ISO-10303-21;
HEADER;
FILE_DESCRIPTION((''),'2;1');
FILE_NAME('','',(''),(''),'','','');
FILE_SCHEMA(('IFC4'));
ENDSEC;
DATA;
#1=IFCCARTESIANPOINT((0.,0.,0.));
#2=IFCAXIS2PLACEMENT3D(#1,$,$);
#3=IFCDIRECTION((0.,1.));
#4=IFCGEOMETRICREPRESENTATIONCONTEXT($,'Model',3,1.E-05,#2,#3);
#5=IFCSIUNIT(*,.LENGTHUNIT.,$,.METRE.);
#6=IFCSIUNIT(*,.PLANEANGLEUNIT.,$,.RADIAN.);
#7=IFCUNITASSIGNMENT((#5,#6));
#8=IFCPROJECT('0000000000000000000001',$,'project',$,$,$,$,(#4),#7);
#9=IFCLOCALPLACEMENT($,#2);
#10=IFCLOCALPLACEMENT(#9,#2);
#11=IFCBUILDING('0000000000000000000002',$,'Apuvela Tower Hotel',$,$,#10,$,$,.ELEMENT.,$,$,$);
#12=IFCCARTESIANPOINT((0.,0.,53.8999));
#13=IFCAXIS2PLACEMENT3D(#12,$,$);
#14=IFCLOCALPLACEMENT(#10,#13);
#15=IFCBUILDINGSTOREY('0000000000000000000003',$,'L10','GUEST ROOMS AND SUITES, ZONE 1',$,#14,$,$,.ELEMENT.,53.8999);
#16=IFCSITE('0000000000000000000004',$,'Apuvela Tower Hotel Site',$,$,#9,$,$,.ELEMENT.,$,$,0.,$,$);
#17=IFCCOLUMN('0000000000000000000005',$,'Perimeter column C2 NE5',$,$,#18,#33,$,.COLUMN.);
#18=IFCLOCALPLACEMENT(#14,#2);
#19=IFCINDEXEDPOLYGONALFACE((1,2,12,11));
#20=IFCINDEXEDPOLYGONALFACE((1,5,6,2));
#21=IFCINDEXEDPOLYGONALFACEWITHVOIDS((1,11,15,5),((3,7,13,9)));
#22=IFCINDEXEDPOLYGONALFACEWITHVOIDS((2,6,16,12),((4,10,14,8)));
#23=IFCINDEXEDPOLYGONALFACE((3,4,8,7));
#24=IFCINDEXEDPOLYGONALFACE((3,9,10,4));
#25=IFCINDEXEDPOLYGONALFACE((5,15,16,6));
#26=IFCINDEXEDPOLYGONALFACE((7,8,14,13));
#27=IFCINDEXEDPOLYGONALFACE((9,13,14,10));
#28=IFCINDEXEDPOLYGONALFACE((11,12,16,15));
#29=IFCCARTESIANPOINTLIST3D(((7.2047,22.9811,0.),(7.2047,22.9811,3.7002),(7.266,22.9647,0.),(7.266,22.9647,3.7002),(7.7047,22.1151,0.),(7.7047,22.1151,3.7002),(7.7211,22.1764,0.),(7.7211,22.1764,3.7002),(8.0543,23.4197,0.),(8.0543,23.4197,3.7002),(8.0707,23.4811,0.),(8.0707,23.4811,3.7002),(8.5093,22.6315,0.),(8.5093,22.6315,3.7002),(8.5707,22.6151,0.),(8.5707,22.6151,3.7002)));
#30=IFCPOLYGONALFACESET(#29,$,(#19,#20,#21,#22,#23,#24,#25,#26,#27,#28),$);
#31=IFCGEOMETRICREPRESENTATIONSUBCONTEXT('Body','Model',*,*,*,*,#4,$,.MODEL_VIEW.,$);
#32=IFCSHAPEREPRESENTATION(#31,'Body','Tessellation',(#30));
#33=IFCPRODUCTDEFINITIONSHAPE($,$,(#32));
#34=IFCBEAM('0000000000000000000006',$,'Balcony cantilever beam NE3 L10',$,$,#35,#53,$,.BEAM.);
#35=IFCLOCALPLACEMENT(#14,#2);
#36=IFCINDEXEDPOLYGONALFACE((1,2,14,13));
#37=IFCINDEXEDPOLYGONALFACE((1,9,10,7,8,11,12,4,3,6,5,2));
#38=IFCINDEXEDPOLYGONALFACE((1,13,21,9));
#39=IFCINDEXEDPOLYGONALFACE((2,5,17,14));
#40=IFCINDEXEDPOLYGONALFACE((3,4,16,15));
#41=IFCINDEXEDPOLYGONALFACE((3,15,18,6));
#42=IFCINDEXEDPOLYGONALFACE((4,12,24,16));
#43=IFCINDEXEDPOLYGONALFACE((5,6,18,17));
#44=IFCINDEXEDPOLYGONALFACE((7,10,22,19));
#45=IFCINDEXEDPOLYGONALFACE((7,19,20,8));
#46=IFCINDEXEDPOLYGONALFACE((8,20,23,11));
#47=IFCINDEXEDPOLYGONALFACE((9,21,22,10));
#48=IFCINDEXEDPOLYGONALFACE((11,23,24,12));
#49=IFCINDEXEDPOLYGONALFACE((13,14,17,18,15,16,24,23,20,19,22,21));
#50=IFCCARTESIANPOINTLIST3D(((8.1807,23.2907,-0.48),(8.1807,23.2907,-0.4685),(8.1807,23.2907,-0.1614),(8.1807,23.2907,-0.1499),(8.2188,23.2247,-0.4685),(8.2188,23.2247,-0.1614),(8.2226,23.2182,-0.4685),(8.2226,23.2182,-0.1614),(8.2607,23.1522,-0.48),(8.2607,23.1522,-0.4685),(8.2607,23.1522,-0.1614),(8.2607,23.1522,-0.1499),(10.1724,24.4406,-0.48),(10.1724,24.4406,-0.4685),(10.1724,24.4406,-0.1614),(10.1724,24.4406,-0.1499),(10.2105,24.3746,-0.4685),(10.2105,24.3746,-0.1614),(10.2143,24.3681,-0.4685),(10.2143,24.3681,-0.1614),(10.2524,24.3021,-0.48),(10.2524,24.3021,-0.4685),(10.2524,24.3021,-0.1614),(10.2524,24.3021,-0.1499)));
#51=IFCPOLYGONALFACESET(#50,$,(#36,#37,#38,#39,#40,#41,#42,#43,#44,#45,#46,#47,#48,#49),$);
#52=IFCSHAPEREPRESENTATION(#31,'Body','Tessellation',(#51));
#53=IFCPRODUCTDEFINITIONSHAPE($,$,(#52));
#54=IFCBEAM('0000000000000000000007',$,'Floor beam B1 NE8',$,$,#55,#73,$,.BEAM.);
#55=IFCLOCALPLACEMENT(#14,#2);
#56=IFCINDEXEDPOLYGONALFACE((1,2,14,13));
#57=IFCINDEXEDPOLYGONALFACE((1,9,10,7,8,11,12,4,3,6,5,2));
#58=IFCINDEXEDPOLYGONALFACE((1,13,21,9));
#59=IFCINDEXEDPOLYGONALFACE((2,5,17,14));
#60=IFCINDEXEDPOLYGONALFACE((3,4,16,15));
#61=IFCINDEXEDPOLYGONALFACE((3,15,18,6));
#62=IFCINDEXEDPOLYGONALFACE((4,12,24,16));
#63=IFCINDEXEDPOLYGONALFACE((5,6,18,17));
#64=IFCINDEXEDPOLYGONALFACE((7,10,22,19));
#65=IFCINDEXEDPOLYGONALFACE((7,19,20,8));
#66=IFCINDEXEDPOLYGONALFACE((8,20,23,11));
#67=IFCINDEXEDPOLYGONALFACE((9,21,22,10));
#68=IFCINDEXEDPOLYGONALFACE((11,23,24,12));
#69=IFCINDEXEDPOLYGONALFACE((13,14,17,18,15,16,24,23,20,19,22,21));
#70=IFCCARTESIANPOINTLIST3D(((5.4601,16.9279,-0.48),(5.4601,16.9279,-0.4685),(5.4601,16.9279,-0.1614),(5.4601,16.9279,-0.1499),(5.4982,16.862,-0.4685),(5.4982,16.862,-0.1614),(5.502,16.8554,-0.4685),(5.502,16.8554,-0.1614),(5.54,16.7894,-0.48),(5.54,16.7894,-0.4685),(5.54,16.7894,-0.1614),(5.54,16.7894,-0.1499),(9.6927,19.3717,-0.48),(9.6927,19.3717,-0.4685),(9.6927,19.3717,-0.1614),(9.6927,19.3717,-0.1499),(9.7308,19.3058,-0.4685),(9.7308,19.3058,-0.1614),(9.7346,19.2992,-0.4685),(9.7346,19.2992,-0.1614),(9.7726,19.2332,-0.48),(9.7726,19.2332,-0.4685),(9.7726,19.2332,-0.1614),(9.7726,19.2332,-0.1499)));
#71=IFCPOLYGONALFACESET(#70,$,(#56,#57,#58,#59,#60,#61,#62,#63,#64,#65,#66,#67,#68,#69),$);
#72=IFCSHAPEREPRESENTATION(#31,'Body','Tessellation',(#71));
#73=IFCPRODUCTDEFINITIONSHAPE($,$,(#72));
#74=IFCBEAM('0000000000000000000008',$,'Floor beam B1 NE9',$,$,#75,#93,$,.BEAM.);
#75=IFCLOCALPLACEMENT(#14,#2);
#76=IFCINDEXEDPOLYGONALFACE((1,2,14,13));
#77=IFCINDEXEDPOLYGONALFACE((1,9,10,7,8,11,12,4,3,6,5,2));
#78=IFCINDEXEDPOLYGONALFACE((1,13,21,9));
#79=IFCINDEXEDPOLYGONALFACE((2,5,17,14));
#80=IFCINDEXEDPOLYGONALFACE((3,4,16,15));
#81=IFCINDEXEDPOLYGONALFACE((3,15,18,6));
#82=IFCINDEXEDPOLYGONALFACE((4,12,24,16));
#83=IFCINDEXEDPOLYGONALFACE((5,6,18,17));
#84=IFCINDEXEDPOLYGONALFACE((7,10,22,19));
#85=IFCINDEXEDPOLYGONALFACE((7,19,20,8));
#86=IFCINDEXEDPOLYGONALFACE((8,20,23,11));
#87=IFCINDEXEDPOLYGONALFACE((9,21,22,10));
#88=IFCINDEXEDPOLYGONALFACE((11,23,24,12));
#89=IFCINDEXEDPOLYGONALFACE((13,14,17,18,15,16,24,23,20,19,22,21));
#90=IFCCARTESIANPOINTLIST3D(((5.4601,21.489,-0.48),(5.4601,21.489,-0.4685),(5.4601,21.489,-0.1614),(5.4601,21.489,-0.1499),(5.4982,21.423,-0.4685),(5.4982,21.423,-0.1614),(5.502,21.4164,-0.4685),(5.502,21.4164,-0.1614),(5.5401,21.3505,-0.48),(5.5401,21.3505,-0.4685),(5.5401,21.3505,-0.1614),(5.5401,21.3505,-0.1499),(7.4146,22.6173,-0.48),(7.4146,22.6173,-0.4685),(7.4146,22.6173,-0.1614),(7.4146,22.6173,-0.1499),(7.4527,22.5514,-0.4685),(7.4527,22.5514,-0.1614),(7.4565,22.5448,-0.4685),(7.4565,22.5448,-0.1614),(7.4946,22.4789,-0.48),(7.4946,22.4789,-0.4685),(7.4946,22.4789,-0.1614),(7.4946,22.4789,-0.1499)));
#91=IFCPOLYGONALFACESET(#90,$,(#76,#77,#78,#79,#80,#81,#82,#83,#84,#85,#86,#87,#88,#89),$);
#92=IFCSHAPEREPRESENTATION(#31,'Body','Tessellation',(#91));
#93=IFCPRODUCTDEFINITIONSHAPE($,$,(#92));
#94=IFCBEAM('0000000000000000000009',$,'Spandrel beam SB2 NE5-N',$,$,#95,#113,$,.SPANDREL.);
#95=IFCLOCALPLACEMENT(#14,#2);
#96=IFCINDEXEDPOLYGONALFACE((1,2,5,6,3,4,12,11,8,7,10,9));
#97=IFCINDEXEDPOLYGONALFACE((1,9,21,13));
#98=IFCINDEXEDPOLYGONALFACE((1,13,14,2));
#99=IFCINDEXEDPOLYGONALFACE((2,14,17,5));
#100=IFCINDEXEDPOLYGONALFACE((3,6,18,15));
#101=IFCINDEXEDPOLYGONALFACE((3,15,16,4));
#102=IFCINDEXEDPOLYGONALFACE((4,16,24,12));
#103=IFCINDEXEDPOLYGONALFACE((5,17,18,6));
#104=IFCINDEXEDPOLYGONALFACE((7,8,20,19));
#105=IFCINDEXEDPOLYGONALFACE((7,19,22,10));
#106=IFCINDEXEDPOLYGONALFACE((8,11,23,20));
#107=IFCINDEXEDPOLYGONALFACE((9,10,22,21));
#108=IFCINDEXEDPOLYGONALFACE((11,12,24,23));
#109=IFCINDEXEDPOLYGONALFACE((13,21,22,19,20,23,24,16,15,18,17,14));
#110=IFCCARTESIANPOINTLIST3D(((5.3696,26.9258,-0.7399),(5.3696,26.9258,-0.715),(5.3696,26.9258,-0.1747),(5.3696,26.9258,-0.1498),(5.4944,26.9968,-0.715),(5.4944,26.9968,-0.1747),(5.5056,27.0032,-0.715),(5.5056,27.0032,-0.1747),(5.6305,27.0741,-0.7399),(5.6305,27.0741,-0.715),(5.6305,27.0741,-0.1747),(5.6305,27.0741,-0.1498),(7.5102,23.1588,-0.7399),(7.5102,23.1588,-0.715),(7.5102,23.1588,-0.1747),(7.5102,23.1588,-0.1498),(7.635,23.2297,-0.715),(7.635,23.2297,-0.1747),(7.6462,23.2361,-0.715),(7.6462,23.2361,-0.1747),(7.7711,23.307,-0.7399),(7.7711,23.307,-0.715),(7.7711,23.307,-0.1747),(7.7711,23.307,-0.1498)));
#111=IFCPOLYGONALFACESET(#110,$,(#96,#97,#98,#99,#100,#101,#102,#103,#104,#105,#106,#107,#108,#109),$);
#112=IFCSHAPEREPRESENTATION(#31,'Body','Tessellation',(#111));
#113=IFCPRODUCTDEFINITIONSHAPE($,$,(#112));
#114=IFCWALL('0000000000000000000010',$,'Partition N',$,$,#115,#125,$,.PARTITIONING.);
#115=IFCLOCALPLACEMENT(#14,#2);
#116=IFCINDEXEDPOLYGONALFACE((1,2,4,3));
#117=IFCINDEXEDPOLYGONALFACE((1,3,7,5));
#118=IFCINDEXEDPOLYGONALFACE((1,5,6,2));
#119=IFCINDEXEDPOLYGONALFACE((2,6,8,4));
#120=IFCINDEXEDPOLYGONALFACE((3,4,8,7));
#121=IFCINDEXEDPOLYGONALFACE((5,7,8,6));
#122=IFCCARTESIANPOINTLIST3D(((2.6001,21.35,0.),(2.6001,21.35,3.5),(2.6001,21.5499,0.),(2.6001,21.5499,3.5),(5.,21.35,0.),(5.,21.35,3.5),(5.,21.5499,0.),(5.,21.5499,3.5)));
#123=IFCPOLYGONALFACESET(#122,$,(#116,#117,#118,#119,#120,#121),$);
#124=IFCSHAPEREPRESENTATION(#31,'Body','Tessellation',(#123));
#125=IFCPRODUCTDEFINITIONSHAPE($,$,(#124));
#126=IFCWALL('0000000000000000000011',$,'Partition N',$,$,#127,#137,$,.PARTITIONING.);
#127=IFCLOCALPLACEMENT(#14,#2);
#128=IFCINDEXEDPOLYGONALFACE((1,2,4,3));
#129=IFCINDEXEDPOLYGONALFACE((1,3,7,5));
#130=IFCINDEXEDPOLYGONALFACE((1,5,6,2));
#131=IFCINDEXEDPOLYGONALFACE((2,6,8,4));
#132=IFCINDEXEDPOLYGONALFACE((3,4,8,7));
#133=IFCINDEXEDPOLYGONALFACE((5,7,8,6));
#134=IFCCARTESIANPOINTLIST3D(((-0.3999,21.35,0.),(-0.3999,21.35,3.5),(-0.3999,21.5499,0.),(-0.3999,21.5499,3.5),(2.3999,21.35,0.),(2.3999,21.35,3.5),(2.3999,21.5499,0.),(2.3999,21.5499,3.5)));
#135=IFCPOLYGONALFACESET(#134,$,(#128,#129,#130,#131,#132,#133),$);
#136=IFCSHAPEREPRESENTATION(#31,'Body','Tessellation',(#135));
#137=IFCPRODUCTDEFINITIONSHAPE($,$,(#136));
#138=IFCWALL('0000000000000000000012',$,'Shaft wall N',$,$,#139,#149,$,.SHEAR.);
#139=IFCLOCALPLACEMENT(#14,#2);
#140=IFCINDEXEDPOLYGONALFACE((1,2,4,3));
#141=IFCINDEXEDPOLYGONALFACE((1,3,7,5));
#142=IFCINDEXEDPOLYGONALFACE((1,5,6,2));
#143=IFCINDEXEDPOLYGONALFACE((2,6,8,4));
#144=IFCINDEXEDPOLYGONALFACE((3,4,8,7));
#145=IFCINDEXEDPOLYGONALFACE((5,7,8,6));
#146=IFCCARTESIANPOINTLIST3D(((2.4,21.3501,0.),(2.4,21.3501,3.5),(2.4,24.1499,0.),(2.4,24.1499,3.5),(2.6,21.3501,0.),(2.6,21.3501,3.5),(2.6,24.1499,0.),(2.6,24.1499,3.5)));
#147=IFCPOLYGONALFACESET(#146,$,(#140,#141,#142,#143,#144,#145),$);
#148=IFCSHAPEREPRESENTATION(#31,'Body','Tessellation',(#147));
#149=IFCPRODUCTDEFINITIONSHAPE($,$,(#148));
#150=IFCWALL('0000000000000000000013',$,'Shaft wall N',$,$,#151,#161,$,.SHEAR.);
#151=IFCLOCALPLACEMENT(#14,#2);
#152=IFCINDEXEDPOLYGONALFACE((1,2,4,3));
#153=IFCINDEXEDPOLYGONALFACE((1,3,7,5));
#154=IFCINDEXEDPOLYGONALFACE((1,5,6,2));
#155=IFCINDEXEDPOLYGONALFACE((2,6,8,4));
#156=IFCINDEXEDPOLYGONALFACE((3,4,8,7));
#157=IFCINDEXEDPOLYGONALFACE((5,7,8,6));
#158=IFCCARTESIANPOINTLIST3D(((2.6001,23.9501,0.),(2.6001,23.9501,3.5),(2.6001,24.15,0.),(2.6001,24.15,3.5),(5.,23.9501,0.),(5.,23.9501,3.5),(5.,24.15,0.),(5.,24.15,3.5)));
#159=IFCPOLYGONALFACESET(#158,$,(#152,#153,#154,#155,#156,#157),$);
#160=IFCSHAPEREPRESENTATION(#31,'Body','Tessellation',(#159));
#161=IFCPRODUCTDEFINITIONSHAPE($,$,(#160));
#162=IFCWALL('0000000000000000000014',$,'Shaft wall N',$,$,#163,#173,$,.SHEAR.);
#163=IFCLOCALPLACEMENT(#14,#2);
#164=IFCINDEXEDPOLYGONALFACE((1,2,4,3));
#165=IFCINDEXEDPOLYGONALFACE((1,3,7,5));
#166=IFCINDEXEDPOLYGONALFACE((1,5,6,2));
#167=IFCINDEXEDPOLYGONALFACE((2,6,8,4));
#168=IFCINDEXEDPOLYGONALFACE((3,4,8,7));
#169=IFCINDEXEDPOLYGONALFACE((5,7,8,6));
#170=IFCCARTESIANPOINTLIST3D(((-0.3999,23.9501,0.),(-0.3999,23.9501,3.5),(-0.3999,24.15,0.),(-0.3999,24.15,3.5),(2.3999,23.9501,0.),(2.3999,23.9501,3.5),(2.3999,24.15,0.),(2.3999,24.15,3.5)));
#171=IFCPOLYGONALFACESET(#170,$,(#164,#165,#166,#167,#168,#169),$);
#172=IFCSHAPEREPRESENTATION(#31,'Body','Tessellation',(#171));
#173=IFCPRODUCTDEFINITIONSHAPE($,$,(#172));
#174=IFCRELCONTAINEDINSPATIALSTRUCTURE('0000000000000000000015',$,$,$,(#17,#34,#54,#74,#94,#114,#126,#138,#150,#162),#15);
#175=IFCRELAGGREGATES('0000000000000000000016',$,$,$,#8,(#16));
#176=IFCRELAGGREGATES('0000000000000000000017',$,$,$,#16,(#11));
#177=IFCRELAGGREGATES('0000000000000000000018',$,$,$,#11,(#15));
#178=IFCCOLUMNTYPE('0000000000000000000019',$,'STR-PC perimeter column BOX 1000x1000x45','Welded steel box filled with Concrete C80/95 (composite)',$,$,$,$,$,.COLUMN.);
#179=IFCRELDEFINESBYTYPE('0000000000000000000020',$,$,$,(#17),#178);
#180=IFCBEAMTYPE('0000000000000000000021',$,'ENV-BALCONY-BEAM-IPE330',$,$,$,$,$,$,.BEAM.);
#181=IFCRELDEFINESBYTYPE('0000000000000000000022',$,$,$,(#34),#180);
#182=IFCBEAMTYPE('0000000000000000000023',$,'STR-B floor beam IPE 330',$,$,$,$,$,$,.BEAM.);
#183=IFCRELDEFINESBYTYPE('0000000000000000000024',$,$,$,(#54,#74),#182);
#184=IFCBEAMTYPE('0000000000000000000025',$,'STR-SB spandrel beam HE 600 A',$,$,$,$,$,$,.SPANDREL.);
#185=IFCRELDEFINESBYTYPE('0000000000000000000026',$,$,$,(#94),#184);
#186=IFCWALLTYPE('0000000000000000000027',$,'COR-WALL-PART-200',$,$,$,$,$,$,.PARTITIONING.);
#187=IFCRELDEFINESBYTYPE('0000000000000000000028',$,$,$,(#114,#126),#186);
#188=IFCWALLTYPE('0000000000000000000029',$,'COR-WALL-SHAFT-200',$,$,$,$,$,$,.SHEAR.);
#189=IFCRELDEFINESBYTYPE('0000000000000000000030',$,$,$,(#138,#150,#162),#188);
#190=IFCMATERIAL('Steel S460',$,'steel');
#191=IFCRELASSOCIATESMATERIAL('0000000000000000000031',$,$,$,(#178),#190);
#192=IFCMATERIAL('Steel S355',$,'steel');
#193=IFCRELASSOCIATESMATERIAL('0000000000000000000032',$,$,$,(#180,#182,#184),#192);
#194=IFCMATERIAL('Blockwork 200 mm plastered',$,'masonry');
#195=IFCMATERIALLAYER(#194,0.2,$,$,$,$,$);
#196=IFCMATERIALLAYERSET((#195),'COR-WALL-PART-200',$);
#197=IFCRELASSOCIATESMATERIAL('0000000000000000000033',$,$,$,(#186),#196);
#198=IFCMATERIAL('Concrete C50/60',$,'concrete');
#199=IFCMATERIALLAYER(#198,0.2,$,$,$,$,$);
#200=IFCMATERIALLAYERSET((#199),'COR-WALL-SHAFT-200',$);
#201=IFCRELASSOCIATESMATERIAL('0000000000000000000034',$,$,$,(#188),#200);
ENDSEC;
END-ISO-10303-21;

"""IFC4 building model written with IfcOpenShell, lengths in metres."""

from ifc_helpers import new_model, si_unit, direction, frame, frame_2d, origin, origin_2d, place, context, subcontext, project, spatial, rectangle, hollow_rectangle, i_section, extrude, material, layer, layer_set, material_profile, profile_set, type_object, element, save


model = new_model("IFC4")

# Units and contexts
model_context = context("Model", 3, precision=1e-05, world=origin(), true_north=direction((0.0, 1.0)))
body_context = subcontext(model_context, "Body", "Model", "MODEL_VIEW")
ifc_project = project(units=[si_unit("LENGTHUNIT", "METRE"), si_unit("PLANEANGLEUNIT", "RADIAN")], contexts=[model_context])

# Site, building, storey
site_placement = place(None, origin())
site = spatial("IfcSite", under=ifc_project, at=site_placement, Name="Apuvela Tower Hotel Site", CompositionType="ELEMENT", RefElevation=0.0)
building_placement = place(site_placement, origin())
building = spatial("IfcBuilding", under=site, at=building_placement, Name="Apuvela Tower Hotel", CompositionType="ELEMENT")
storey_placement = place(building_placement, frame((0.0, 0.0, 53.8999)))
storey = spatial("IfcBuildingStorey", under=building, at=storey_placement, Name="L10", Description="GUEST ROOMS AND SUITES, ZONE 1", CompositionType="ELEMENT", Elevation=53.8999)

# Column
ifc_material_1 = material(Name="Steel S460", Category="steel")
ifc_material_profile_1 = material_profile(ifc_material_1, hollow_rectangle(XDim=1.0, YDim=1.0, WallThickness=0.0449, at=origin_2d()), Name="BOX 1000x1000x45")
ifc_material_2 = material(Name="Concrete C80/95", Category="concrete")
ifc_material_profile_2 = material_profile(ifc_material_2, rectangle(XDim=0.9099, YDim=0.9099, at=origin_2d()), Name="Concrete C80/95 infill")
ifc_profile_set_1 = profile_set([ifc_material_profile_1, ifc_material_profile_2], Name="Steel S460")
column_type = type_object("IfcColumnType", Name="STR-PC perimeter column BOX 1000x1000x45", Description="Welded steel box filled with Concrete C80/95 (composite)", PredefinedType="COLUMN", material=ifc_profile_set_1)
column_placement = place(storey_placement, frame((7.8877, 22.7981, 0.0), z_axis=(0.0, 0.0, 1.0), x_axis=(-0.5, 0.866025, 0.0)))
element("IfcColumn", 1, at=column_placement, inside=storey, type_object=column_type, Name="Perimeter column C2 NE5", PredefinedType="COLUMN", context=body_context, shape_type="SweptSolid", body=[
    extrude(hollow_rectangle(XDim=1.0, YDim=1.0, WallThickness=0.0449, at=origin_2d()), origin(), (0.0, 0.0, 1.0), 3.7002),
])

# Beams
ifc_material_3 = material(Name="Steel S355", Category="steel")
ifc_material_profile_3 = material_profile(ifc_material_3, i_section(OverallWidth=0.1599, OverallDepth=0.3301, WebThickness=0.0076, FlangeThickness=0.0115, at=origin_2d()), Name="IPE 330")
ifc_profile_set_2 = profile_set([ifc_material_profile_3], Name="Steel S355")
beam_type_1 = type_object("IfcBeamType", Name="ENV-BALCONY-BEAM-IPE330", PredefinedType="BEAM", material=ifc_profile_set_2)
beam_1_placement = place(storey_placement, frame((8.2207, 23.2214, -0.3149), z_axis=(0.866026, 0.499998, 0.0), x_axis=(-0.499998, 0.866026, 0.0)))
element("IfcBeam", 2, at=beam_1_placement, inside=storey, type_object=beam_type_1, Name="Balcony cantilever beam NE3 L10", PredefinedType="BEAM", context=body_context, shape_type="SweptSolid", body=[
    extrude(i_section(OverallWidth=0.1599, OverallDepth=0.3301, WebThickness=0.0076, FlangeThickness=0.0115, at=origin_2d()), origin(), (0.0, 0.0, 1.0), 2.2998),
])
ifc_material_profile_4 = material_profile(ifc_material_3, i_section(OverallWidth=0.1599, OverallDepth=0.3301, WebThickness=0.0076, FlangeThickness=0.0115, at=origin_2d()), Name="IPE 330")
ifc_profile_set_3 = profile_set([ifc_material_profile_4], Name="Steel S355")
beam_type_2 = type_object("IfcBeamType", Name="STR-B floor beam IPE 330", PredefinedType="BEAM", material=ifc_profile_set_3)
beam_2_placement = place(storey_placement, frame((9.7327, 19.3025, -0.3149), z_axis=(-0.866015, -0.500018, 0.0), x_axis=(0.500018, -0.866015, 0.0)))
element("IfcBeam", 3, at=beam_2_placement, inside=storey, type_object=beam_type_2, Name="Floor beam B1 NE8", PredefinedType="BEAM", context=body_context, shape_type="SweptSolid", body=[
    extrude(i_section(OverallWidth=0.1599, OverallDepth=0.3301, WebThickness=0.0076, FlangeThickness=0.0115, at=origin_2d()), origin(), (0.0, 0.0, 1.0), 4.8875),
])
beam_3_placement = place(storey_placement, frame((7.4546, 22.5481, -0.3149), z_axis=(-0.866038, -0.499978, 0.0), x_axis=(0.499978, -0.866038, 0.0)))
element("IfcBeam", 4, at=beam_3_placement, inside=storey, type_object=beam_type_2, Name="Floor beam B1 NE9", PredefinedType="BEAM", context=body_context, shape_type="SweptSolid", body=[
    extrude(i_section(OverallWidth=0.1599, OverallDepth=0.3301, WebThickness=0.0076, FlangeThickness=0.0115, at=origin_2d()), origin(), (0.0, 0.0, 1.0), 2.2568),
])
ifc_material_profile_5 = material_profile(ifc_material_3, i_section(OverallWidth=0.3, OverallDepth=0.5901, WebThickness=0.0129, FlangeThickness=0.0249, at=origin_2d()), Name="HE 600 A")
ifc_profile_set_4 = profile_set([ifc_material_profile_5], Name="Steel S355")
beam_type_3 = type_object("IfcBeamType", Name="STR-SB spandrel beam HE 600 A", PredefinedType="SPANDREL", material=ifc_profile_set_4)
beam_4_placement = place(storey_placement, frame((7.6406, 23.2329, -0.4448), z_axis=(-0.49405, 0.869433, 0.0), x_axis=(-0.869433, -0.49405, 0.0)))
element("IfcBeam", 5, at=beam_4_placement, inside=storey, type_object=beam_type_3, Name="Spandrel beam SB2 NE5-N", PredefinedType="SPANDREL", context=body_context, shape_type="SweptSolid", body=[
    extrude(i_section(OverallWidth=0.3, OverallDepth=0.5901, WebThickness=0.0129, FlangeThickness=0.0249, at=origin_2d()), origin(), (0.0, 0.0, 1.0), 4.3328),
])

# Walls
ifc_material_4 = material(Name="Blockwork 200 mm plastered", Category="masonry")
ifc_layer_1 = layer(ifc_material_4, 0.2)
ifc_layer_set_1 = layer_set([ifc_layer_1], Name="COR-WALL-PART-200")
wall_type_1 = type_object("IfcWallType", Name="COR-WALL-PART-200", PredefinedType="PARTITIONING", material=ifc_layer_set_1)
wall_1_placement = place(storey_placement, frame((5.0, 21.45, 0.0), z_axis=(0.0, 0.0, 1.0), x_axis=(-1.0, 0.0, 0.0)))
element("IfcWall", 6, at=wall_1_placement, inside=storey, type_object=wall_type_1, Name="Partition N", PredefinedType="PARTITIONING", context=body_context, shape_type="SweptSolid", body=[
    extrude(rectangle(XDim=2.3999, YDim=0.2, at=frame_2d((1.2, 0.0))), origin(), (0.0, 0.0, 1.0), 3.5),
])
wall_2_placement = place(storey_placement, frame((2.3999, 21.45, 0.0), z_axis=(0.0, 0.0, 1.0), x_axis=(-1.0, 0.0, 0.0)))
element("IfcWall", 7, at=wall_2_placement, inside=storey, type_object=wall_type_1, Name="Partition N", PredefinedType="PARTITIONING", context=body_context, shape_type="SweptSolid", body=[
    extrude(rectangle(XDim=2.7998, YDim=0.2, at=frame_2d((1.3999, 0.0))), origin(), (0.0, 0.0, 1.0), 3.5),
])
ifc_material_5 = material(Name="Concrete C50/60", Category="concrete")
ifc_layer_2 = layer(ifc_material_5, 0.2)
ifc_layer_set_2 = layer_set([ifc_layer_2], Name="COR-WALL-SHAFT-200")
wall_type_2 = type_object("IfcWallType", Name="COR-WALL-SHAFT-200", PredefinedType="SHEAR", material=ifc_layer_set_2)
wall_3_placement = place(storey_placement, frame((2.5, 21.3501, 0.0), z_axis=(0.0, 0.0, 1.0), x_axis=(0.0, 1.0, 0.0)))
element("IfcWall", 8, at=wall_3_placement, inside=storey, type_object=wall_type_2, Name="Shaft wall N", PredefinedType="SHEAR", context=body_context, shape_type="SweptSolid", body=[
    extrude(rectangle(XDim=2.7998, YDim=0.2, at=frame_2d((1.3999, 0.0))), origin(), (0.0, 0.0, 1.0), 3.5),
])
wall_4_placement = place(storey_placement, frame((5.0, 24.05, 0.0), z_axis=(0.0, 0.0, 1.0), x_axis=(-1.0, 0.0, 0.0)))
element("IfcWall", 9, at=wall_4_placement, inside=storey, type_object=wall_type_2, Name="Shaft wall N", PredefinedType="SHEAR", context=body_context, shape_type="SweptSolid", body=[
    extrude(rectangle(XDim=2.3999, YDim=0.2, at=frame_2d((1.2, 0.0))), origin(), (0.0, 0.0, 1.0), 3.5),
])
wall_5_placement = place(storey_placement, frame((2.3999, 24.05, 0.0), z_axis=(0.0, 0.0, 1.0), x_axis=(-1.0, 0.0, 0.0)))
element("IfcWall", 10, at=wall_5_placement, inside=storey, type_object=wall_type_2, Name="Shaft wall N", PredefinedType="SHEAR", context=body_context, shape_type="SweptSolid", body=[
    extrude(rectangle(XDim=2.7998, YDim=0.2, at=frame_2d((1.3999, 0.0))), origin(), (0.0, 0.0, 1.0), 3.5),
])

save(model, "model.ifc")
